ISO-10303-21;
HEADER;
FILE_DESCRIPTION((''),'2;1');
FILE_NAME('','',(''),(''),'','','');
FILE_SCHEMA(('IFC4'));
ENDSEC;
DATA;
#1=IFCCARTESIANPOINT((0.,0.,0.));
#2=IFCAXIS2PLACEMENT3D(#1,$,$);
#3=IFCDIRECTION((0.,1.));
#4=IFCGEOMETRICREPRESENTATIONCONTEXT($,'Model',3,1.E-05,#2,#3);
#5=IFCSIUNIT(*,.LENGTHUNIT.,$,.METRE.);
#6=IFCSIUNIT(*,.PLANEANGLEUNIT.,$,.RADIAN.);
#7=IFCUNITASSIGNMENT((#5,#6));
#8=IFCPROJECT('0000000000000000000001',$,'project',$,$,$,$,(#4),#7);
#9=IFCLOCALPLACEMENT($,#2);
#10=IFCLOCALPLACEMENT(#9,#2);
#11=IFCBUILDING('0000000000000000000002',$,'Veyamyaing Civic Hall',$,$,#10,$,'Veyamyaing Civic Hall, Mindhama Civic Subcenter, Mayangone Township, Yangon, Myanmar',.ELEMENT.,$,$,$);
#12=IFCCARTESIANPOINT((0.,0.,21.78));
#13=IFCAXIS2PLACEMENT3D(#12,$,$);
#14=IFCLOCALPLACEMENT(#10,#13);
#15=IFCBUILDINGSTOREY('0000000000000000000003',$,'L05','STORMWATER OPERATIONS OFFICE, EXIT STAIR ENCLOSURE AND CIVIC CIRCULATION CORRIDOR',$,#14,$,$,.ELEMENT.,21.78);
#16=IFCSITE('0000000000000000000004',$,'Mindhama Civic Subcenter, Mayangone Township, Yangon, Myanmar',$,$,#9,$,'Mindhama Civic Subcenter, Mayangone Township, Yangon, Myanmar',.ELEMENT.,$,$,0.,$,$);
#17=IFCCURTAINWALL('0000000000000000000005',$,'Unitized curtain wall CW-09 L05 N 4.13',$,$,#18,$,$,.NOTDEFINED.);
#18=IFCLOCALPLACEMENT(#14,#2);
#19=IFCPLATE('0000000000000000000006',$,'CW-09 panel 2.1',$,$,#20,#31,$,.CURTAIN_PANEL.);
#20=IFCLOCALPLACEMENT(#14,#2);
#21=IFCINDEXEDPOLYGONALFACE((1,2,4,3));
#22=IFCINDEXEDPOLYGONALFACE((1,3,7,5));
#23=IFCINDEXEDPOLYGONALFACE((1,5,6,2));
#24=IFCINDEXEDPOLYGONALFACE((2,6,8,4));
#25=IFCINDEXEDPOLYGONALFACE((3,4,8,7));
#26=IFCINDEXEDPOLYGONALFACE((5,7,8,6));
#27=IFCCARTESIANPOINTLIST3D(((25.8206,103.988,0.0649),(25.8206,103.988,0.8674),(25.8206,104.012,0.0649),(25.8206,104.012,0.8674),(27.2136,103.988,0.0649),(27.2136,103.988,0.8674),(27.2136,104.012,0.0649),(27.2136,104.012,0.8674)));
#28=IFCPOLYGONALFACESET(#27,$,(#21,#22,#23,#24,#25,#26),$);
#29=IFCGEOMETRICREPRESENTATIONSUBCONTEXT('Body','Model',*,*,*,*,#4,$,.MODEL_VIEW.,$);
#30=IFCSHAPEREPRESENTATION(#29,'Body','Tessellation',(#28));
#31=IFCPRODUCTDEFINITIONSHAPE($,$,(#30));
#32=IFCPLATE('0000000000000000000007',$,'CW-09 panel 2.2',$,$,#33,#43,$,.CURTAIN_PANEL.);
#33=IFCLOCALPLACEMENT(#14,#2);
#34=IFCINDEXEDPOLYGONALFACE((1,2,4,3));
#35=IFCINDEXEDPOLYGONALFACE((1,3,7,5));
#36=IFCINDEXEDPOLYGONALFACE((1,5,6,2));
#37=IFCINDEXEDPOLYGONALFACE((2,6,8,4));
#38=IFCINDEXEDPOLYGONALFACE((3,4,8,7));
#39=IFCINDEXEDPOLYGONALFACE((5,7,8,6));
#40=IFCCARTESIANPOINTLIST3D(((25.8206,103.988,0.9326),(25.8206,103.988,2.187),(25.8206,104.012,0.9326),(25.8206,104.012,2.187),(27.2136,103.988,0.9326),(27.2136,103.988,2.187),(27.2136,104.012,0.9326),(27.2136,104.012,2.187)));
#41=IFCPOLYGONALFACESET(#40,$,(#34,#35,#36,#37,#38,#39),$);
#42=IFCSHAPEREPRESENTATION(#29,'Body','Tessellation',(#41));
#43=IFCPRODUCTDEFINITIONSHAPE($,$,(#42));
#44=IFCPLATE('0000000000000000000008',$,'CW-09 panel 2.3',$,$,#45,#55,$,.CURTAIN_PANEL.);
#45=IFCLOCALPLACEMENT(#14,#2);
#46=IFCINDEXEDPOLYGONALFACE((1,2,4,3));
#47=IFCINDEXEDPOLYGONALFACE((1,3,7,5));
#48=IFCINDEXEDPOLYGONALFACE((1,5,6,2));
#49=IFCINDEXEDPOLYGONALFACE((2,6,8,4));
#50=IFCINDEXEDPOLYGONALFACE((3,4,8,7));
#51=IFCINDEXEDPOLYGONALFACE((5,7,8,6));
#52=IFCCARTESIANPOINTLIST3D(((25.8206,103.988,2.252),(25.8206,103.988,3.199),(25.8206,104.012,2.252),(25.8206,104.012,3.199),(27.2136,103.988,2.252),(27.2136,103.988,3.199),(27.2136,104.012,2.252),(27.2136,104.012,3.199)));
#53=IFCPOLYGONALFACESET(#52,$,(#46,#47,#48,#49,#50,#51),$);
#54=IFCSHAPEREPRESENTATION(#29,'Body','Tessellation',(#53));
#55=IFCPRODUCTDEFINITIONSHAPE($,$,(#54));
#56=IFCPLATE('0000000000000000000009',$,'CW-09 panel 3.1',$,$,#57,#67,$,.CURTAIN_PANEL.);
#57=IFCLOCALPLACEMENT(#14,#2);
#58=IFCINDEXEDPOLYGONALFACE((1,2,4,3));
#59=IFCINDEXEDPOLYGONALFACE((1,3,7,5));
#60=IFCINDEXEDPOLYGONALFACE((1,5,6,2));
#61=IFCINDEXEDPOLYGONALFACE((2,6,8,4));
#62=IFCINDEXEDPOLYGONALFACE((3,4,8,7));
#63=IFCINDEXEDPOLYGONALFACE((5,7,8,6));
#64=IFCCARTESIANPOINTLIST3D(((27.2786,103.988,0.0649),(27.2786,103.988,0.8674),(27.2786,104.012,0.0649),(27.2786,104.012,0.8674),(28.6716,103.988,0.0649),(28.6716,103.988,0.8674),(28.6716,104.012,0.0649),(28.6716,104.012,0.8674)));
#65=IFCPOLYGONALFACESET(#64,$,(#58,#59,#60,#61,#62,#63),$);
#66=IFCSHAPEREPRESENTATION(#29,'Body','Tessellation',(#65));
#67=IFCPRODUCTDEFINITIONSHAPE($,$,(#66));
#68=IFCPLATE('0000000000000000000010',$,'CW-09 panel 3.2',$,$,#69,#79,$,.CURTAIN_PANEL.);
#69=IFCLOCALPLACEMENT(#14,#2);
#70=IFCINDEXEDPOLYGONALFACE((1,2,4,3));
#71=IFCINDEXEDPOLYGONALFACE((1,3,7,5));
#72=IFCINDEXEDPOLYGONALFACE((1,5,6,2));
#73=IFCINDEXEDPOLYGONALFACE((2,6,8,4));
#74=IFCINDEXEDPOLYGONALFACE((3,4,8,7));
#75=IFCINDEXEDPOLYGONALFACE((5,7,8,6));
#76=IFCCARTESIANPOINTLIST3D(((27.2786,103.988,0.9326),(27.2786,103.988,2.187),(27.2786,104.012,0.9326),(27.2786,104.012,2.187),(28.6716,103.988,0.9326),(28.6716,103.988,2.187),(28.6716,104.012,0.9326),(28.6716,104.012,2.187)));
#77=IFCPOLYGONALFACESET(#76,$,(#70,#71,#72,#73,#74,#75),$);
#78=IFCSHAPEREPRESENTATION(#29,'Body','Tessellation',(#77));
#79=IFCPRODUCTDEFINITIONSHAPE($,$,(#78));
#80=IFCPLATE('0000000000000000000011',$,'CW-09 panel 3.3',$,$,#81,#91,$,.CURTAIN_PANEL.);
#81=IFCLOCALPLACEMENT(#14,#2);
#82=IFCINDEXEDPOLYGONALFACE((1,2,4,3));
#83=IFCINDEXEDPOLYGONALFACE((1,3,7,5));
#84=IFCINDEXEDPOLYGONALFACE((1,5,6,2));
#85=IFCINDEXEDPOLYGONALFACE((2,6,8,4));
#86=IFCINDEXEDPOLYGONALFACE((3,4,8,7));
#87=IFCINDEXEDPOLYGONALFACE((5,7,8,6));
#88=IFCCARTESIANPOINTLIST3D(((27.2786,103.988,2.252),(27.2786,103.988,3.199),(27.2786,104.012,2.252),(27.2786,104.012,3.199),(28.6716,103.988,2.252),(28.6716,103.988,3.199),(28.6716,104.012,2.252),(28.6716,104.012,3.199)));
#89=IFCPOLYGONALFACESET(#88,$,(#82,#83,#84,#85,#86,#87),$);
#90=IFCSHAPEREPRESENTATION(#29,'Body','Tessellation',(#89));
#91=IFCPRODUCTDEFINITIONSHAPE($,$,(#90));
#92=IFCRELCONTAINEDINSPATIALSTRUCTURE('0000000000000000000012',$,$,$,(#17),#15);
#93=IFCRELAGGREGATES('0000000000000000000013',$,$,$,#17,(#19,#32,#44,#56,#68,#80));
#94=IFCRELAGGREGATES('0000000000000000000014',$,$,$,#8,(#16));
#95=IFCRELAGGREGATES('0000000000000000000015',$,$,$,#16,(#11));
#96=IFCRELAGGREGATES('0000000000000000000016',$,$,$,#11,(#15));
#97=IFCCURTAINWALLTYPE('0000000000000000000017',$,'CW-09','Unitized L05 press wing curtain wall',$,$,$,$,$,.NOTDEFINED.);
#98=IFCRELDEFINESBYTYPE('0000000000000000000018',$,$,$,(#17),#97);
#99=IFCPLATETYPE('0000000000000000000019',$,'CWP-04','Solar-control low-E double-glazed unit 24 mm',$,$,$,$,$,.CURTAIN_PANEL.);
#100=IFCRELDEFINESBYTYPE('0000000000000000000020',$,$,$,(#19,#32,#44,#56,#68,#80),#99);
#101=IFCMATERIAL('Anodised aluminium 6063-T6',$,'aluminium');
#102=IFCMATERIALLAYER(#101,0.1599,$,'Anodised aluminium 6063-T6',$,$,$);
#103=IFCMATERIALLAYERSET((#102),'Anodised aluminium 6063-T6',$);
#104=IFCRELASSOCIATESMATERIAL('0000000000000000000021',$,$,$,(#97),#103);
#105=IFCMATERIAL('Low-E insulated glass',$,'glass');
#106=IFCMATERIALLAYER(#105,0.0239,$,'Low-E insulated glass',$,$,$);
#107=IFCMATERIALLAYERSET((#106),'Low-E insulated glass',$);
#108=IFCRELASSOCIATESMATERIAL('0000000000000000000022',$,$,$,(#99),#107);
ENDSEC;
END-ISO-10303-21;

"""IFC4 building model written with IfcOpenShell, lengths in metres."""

from ifc_helpers import new_model, si_unit, direction, frame, origin, origin_2d, place, context, subcontext, project, spatial, rectangle, extrude, material, layer, layer_set, type_object, element, aggregate, save


model = new_model("IFC4")

# Units and contexts
model_context = context("Model", 3, precision=1e-05, world=origin(), true_north=direction((0.0, 1.0)))
body_context = subcontext(model_context, "Body", "Model", "MODEL_VIEW")
ifc_project = project(units=[si_unit("LENGTHUNIT", "METRE"), si_unit("PLANEANGLEUNIT", "RADIAN")], contexts=[model_context])

# Site, building, storey
site_placement = place(None, origin())
site = spatial("IfcSite", under=ifc_project, at=site_placement, Name="Mindhama Civic Subcenter, Mayangone Township, Yangon, Myanmar", LongName="Mindhama Civic Subcenter, Mayangone Township, Yangon, Myanmar", CompositionType="ELEMENT", RefElevation=0.0)
building_placement = place(site_placement, origin())
building = spatial("IfcBuilding", under=site, at=building_placement, Name="Veyamyaing Civic Hall", LongName="Veyamyaing Civic Hall, Mindhama Civic Subcenter, Mayangone Township, Yangon, Myanmar", CompositionType="ELEMENT")
storey_placement = place(building_placement, frame((0.0, 0.0, 21.78)))
storey = spatial("IfcBuildingStorey", under=building, at=storey_placement, Name="L05", Description="STORMWATER OPERATIONS OFFICE, EXIT STAIR ENCLOSURE AND CIVIC CIRCULATION CORRIDOR", CompositionType="ELEMENT", Elevation=21.78)

# Curtain wall, plates
ifc_material_1 = material(Name="Anodised aluminium 6063-T6", Category="aluminium")
ifc_layer_1 = layer(ifc_material_1, 0.1599, Name="Anodised aluminium 6063-T6")
ifc_layer_set_1 = layer_set([ifc_layer_1], Name="Anodised aluminium 6063-T6")
curtain_wall_type = type_object("IfcCurtainWallType", Name="CW-09", Description="Unitized L05 press wing curtain wall", PredefinedType="NOTDEFINED", material=ifc_layer_set_1)
curtain_wall_placement = place(storey_placement, origin())
curtain_wall = element("IfcCurtainWall", 1, at=curtain_wall_placement, inside=storey, type_object=curtain_wall_type, Name="Unitized curtain wall CW-09 L05 N 4.13", PredefinedType="NOTDEFINED")
ifc_material_2 = material(Name="Low-E insulated glass", Category="glass")
ifc_layer_2 = layer(ifc_material_2, 0.0239, Name="Low-E insulated glass")
ifc_layer_set_2 = layer_set([ifc_layer_2], Name="Low-E insulated glass")
plate_type = type_object("IfcPlateType", Name="CWP-04", Description="Solar-control low-E double-glazed unit 24 mm", PredefinedType="CURTAIN_PANEL", material=ifc_layer_set_2)
plate_1_placement = place(storey_placement, frame((26.5171, 104.0, 0.0649), z_axis=(0.0, 0.0, 1.0), x_axis=(1.0, 0.0, 0.0)))
plate_1 = element("IfcPlate", 2, at=plate_1_placement, type_object=plate_type, Name="CW-09 panel 2.1", PredefinedType="CURTAIN_PANEL", context=body_context, shape_type="SweptSolid", body=[
    extrude(rectangle(XDim=1.3931, YDim=0.0239, at=origin_2d()), origin(), (0.0, 0.0, 1.0), 0.8025),
])
plate_2_placement = place(storey_placement, frame((26.5171, 104.0, 0.9326), z_axis=(0.0, 0.0, 1.0), x_axis=(1.0, 0.0, 0.0)))
plate_2 = element("IfcPlate", 3, at=plate_2_placement, type_object=plate_type, Name="CW-09 panel 2.2", PredefinedType="CURTAIN_PANEL", context=body_context, shape_type="SweptSolid", body=[
    extrude(rectangle(XDim=1.3931, YDim=0.0239, at=origin_2d()), origin(), (0.0, 0.0, 1.0), 1.2544),
])
plate_3_placement = place(storey_placement, frame((26.5171, 104.0, 2.252), z_axis=(0.0, 0.0, 1.0), x_axis=(1.0, 0.0, 0.0)))
plate_3 = element("IfcPlate", 4, at=plate_3_placement, type_object=plate_type, Name="CW-09 panel 2.3", PredefinedType="CURTAIN_PANEL", context=body_context, shape_type="SweptSolid", body=[
    extrude(rectangle(XDim=1.3931, YDim=0.0239, at=origin_2d()), origin(), (0.0, 0.0, 1.0), 0.947),
])
plate_4_placement = place(storey_placement, frame((27.9751, 104.0, 0.0649), z_axis=(0.0, 0.0, 1.0), x_axis=(1.0, 0.0, 0.0)))
plate_4 = element("IfcPlate", 5, at=plate_4_placement, type_object=plate_type, Name="CW-09 panel 3.1", PredefinedType="CURTAIN_PANEL", context=body_context, shape_type="SweptSolid", body=[
    extrude(rectangle(XDim=1.3931, YDim=0.0239, at=origin_2d()), origin(), (0.0, 0.0, 1.0), 0.8025),
])
plate_5_placement = place(storey_placement, frame((27.9751, 104.0, 0.9326), z_axis=(0.0, 0.0, 1.0), x_axis=(1.0, 0.0, 0.0)))
plate_5 = element("IfcPlate", 6, at=plate_5_placement, type_object=plate_type, Name="CW-09 panel 3.2", PredefinedType="CURTAIN_PANEL", context=body_context, shape_type="SweptSolid", body=[
    extrude(rectangle(XDim=1.3931, YDim=0.0239, at=origin_2d()), origin(), (0.0, 0.0, 1.0), 1.2544),
])
plate_6_placement = place(storey_placement, frame((27.9751, 104.0, 2.252), z_axis=(0.0, 0.0, 1.0), x_axis=(1.0, 0.0, 0.0)))
plate_6 = element("IfcPlate", 7, at=plate_6_placement, type_object=plate_type, Name="CW-09 panel 3.3", PredefinedType="CURTAIN_PANEL", context=body_context, shape_type="SweptSolid", body=[
    extrude(rectangle(XDim=1.3931, YDim=0.0239, at=origin_2d()), origin(), (0.0, 0.0, 1.0), 0.947),
])
aggregate(curtain_wall, [plate_1, plate_2, plate_3, plate_4, plate_5, plate_6])

save(model, "model.ifc")
